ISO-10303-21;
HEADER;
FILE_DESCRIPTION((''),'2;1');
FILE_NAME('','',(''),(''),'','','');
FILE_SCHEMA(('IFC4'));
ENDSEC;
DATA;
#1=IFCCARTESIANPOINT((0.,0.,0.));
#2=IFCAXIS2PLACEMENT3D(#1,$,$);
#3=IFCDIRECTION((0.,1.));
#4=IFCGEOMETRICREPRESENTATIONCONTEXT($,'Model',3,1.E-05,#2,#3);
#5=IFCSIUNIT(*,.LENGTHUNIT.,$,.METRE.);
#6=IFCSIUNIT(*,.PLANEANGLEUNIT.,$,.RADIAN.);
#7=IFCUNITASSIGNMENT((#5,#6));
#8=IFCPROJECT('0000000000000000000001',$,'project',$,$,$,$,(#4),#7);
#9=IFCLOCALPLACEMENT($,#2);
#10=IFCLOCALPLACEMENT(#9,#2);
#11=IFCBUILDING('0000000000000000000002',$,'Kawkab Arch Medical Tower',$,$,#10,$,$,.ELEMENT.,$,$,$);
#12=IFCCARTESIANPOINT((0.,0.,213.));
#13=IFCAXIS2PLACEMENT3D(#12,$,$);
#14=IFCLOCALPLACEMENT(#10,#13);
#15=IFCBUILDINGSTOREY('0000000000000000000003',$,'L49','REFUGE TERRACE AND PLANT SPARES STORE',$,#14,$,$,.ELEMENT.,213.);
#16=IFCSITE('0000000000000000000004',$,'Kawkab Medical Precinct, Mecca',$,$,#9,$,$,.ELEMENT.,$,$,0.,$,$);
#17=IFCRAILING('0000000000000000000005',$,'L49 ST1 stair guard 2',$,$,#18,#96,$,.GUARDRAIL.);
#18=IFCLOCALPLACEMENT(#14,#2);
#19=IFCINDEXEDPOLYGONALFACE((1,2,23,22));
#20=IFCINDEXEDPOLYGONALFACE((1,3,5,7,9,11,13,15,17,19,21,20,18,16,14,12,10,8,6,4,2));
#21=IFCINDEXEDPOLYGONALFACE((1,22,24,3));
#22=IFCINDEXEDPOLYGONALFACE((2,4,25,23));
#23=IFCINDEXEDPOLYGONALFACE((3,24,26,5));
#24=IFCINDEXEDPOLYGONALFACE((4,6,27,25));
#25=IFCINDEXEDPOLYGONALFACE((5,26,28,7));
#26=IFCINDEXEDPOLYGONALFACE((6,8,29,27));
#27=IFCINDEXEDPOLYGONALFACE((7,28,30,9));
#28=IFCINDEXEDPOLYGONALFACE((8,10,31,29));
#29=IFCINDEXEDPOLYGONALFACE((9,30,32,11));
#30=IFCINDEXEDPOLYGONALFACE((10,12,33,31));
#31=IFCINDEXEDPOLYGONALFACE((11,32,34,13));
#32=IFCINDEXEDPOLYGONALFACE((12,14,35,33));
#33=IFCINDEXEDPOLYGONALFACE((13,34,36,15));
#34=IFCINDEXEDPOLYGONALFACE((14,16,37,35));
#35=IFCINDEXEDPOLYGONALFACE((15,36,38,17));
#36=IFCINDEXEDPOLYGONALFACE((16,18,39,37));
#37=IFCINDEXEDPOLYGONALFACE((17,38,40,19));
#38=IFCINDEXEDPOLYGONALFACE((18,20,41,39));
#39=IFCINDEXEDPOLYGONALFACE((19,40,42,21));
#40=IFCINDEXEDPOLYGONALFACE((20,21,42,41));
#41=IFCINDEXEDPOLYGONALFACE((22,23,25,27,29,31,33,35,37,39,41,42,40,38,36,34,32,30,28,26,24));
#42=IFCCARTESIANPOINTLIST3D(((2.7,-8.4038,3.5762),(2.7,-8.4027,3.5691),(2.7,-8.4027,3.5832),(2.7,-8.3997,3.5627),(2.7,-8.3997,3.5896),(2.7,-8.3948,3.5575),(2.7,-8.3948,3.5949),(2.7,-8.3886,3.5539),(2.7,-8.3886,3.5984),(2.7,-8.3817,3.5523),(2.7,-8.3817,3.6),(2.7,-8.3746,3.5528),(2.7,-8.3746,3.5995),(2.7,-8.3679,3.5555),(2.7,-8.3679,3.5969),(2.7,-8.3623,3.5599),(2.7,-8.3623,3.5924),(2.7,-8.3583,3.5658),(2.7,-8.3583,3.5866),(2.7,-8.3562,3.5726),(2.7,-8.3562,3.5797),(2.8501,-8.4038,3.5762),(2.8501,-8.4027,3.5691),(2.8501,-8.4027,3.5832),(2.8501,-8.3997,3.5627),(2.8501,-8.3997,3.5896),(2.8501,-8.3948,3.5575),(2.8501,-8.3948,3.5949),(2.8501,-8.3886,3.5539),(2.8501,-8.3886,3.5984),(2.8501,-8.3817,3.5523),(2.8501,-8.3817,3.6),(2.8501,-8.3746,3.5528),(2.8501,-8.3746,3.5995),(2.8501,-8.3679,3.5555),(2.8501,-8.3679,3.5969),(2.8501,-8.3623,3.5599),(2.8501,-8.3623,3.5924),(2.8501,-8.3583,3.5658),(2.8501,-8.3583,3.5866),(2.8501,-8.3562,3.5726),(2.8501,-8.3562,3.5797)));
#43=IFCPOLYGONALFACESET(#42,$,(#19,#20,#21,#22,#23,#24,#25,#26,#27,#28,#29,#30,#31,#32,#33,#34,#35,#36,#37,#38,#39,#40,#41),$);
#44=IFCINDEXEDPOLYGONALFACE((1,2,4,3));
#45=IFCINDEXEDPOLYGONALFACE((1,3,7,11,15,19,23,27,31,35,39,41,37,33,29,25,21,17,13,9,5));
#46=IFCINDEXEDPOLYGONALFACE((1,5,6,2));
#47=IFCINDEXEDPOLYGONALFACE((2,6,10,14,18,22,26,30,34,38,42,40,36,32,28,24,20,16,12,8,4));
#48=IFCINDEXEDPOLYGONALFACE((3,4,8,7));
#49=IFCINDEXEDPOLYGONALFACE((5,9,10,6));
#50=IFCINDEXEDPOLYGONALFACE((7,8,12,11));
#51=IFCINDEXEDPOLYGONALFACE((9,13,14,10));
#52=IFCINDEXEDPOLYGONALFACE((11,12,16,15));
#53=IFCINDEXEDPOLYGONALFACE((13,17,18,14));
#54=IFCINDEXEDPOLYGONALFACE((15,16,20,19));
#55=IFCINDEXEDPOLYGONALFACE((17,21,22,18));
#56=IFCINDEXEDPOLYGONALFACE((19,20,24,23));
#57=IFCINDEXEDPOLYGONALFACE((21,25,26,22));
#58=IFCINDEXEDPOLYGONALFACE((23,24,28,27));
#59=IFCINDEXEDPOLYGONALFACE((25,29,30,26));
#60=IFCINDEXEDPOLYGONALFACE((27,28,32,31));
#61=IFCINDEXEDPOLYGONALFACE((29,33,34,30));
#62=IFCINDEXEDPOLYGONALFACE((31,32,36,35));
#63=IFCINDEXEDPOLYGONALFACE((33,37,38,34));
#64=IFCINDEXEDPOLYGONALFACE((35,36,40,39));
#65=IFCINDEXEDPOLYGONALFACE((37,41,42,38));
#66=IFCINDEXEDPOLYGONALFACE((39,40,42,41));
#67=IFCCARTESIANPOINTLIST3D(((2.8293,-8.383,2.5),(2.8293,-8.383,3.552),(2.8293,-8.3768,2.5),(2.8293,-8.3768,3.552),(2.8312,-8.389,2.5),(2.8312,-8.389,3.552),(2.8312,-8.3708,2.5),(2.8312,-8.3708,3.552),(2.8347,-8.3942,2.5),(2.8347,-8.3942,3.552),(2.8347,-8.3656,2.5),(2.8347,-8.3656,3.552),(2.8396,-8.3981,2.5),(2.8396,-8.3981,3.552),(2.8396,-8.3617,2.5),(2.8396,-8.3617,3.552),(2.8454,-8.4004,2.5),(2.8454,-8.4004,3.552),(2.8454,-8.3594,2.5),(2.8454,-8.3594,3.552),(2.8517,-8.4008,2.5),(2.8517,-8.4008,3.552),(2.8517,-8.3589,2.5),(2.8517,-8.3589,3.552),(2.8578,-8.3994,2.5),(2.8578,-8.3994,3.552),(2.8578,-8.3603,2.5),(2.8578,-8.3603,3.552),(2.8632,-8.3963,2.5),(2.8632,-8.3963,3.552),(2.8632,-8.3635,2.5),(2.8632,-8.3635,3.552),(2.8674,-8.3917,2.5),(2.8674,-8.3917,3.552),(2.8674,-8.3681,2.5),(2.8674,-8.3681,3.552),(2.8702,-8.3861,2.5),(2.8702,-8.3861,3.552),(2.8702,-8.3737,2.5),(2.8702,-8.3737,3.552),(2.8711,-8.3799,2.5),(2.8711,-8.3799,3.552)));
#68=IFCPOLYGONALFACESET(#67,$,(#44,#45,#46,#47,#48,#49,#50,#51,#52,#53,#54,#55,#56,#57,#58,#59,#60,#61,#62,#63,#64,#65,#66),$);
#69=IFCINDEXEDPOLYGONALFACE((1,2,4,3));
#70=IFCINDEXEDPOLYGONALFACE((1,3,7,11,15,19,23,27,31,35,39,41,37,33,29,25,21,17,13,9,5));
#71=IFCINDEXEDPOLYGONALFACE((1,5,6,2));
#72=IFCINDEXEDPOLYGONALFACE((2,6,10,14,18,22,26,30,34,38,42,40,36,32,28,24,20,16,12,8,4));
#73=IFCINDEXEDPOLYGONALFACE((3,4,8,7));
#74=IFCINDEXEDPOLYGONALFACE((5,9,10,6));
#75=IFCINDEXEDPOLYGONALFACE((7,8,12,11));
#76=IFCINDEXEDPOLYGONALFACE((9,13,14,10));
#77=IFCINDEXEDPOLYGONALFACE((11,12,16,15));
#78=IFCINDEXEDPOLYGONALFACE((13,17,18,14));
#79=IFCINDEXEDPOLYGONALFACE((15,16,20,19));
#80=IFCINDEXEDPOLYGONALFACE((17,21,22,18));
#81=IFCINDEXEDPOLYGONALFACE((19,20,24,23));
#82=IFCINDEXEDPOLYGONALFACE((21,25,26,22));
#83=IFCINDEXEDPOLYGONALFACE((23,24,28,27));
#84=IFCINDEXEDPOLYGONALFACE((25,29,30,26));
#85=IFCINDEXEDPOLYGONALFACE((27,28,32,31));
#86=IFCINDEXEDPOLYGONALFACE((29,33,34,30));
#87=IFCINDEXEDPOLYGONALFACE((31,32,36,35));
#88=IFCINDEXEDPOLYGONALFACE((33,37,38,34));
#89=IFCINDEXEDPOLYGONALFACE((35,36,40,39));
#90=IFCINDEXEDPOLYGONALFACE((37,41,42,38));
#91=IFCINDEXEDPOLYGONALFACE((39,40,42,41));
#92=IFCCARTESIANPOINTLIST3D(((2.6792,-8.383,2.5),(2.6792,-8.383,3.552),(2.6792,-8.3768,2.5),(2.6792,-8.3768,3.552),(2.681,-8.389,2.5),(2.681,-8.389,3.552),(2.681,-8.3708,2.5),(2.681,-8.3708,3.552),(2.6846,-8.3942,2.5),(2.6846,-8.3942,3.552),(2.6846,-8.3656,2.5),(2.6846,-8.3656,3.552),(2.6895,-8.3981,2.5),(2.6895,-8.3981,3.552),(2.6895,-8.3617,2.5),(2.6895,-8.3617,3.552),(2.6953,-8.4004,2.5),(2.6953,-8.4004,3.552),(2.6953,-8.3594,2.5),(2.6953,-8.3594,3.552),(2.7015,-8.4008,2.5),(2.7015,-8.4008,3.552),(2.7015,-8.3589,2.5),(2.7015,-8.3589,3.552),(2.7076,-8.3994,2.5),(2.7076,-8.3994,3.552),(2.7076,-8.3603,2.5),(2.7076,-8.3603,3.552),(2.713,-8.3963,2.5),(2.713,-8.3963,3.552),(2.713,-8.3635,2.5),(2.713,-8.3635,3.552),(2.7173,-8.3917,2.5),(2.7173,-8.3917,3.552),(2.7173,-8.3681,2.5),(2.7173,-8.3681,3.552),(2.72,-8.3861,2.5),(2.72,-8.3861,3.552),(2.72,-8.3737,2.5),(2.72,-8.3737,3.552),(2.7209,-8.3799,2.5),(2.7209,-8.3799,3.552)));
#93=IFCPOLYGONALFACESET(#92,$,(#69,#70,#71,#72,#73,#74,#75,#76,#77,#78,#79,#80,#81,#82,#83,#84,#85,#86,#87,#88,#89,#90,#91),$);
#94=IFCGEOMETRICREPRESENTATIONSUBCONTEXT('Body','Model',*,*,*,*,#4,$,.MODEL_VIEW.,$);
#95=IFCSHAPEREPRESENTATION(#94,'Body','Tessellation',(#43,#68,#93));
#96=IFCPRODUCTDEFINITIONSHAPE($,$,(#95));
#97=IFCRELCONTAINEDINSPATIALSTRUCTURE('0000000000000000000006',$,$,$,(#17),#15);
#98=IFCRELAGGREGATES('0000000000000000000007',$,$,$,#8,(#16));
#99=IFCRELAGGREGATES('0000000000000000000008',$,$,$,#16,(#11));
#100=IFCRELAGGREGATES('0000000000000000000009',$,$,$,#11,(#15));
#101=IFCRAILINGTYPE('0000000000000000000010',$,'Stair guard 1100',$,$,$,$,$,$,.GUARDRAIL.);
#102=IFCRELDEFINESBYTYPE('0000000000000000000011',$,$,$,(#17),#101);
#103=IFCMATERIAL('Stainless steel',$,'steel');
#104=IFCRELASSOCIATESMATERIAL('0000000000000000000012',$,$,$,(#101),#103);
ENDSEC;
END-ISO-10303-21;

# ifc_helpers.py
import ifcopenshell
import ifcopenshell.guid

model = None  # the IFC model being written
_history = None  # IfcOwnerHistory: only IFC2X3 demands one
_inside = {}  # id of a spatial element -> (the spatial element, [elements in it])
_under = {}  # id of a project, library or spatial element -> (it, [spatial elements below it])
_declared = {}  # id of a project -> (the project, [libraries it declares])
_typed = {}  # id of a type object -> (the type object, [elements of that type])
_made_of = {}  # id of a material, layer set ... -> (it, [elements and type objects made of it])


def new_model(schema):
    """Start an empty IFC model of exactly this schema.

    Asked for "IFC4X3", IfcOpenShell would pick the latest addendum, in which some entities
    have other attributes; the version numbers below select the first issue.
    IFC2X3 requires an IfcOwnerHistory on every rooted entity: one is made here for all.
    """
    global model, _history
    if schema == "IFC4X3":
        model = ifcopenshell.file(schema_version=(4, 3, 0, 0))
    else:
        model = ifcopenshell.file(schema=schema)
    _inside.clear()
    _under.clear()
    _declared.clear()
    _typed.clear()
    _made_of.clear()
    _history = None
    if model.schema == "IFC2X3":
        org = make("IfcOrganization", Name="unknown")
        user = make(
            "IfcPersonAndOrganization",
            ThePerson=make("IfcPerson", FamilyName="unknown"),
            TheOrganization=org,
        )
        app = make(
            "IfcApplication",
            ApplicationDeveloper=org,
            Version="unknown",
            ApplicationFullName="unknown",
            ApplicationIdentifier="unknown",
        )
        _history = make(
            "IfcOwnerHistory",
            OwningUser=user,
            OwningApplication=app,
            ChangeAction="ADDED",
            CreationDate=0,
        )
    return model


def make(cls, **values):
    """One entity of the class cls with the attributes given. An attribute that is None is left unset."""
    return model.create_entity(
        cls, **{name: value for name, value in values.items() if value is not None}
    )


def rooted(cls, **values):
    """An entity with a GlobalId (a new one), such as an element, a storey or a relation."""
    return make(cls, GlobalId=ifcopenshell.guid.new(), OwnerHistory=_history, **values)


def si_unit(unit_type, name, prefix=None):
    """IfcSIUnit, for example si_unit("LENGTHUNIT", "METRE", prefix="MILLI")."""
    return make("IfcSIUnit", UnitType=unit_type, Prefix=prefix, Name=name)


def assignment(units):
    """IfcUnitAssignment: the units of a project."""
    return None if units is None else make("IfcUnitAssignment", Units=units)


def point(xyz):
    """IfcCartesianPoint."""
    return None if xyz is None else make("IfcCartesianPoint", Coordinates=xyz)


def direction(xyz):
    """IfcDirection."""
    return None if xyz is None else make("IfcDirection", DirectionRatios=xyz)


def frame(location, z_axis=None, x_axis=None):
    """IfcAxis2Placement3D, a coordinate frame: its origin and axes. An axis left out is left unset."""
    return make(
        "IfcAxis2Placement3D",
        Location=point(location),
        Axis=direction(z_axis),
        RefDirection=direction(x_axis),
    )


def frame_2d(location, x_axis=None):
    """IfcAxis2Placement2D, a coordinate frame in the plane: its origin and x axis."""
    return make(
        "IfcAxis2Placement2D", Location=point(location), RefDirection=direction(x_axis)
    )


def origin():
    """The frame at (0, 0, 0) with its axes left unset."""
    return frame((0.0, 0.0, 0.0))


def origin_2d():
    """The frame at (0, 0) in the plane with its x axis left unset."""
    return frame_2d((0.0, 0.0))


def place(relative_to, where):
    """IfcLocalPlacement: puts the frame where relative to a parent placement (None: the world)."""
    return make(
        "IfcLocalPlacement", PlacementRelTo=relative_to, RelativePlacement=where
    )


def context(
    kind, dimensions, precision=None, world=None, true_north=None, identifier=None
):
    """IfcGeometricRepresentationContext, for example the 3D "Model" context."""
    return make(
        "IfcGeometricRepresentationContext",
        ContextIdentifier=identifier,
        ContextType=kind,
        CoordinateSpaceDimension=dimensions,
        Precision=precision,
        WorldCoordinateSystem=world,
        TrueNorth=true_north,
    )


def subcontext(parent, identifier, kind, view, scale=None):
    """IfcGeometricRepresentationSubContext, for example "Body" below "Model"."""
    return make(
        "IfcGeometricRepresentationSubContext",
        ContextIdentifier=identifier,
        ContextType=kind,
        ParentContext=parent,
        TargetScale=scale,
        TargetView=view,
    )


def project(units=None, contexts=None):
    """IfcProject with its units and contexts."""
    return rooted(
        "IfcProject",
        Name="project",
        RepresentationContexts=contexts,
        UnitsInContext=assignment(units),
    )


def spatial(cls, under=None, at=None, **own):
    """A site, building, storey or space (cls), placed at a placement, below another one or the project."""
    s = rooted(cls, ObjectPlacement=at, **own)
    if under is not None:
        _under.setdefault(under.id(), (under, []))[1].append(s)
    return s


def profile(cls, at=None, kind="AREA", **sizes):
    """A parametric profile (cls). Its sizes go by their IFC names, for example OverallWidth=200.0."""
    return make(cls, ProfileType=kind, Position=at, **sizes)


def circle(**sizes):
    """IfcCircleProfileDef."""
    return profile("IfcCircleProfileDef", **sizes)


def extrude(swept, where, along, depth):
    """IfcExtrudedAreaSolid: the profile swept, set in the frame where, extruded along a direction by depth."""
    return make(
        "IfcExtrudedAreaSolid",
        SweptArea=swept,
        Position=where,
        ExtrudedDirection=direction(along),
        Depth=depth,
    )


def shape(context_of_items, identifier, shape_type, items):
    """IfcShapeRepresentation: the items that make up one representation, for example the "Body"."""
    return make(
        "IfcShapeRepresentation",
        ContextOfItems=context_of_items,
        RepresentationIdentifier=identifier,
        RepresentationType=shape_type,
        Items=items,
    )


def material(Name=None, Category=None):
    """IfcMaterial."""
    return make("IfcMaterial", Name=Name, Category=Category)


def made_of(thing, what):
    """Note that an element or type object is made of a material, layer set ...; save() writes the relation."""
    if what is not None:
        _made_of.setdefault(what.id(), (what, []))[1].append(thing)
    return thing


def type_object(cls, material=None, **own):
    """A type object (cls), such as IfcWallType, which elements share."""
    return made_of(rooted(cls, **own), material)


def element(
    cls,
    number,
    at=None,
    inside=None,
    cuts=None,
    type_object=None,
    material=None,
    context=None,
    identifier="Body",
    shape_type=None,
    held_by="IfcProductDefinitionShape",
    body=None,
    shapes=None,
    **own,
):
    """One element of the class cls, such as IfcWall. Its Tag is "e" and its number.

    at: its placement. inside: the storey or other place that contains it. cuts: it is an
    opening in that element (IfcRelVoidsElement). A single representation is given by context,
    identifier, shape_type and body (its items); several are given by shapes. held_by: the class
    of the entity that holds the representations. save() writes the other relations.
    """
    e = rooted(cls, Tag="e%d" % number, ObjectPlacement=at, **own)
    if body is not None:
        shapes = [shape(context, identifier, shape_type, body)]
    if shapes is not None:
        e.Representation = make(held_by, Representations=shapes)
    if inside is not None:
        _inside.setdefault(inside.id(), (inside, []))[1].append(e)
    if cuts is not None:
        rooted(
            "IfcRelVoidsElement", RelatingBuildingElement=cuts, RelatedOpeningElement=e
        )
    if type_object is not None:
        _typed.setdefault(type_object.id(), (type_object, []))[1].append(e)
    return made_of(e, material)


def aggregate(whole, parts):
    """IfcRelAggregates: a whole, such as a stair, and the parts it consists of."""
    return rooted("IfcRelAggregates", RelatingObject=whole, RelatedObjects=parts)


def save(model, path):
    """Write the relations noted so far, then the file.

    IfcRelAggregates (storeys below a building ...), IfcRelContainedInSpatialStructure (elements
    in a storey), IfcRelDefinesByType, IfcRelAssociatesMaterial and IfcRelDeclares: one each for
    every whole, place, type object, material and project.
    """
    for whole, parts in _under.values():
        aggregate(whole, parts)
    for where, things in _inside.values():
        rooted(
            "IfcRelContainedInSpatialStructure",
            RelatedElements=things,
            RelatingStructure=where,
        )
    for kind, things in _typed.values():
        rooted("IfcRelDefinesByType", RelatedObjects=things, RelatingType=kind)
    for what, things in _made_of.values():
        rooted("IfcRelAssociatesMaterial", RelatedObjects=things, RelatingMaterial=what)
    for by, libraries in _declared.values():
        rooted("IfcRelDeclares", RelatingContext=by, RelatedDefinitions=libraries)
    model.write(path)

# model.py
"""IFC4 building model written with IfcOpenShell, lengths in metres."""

from ifc_helpers import new_model, si_unit, direction, frame, origin, origin_2d, place, context, subcontext, project, spatial, circle, extrude, material, type_object, element, save


model = new_model("IFC4")

# Units and contexts
model_context = context("Model", 3, precision=1e-05, world=origin(), true_north=direction((0.0, 1.0)))
body_context = subcontext(model_context, "Body", "Model", "MODEL_VIEW")
ifc_project = project(units=[si_unit("LENGTHUNIT", "METRE"), si_unit("PLANEANGLEUNIT", "RADIAN")], contexts=[model_context])

# Site, building, storey
site_placement = place(None, origin())
site = spatial("IfcSite", under=ifc_project, at=site_placement, Name="Kawkab Medical Precinct, Mecca", CompositionType="ELEMENT", RefElevation=0.0)
building_placement = place(site_placement, origin())
building = spatial("IfcBuilding", under=site, at=building_placement, Name="Kawkab Arch Medical Tower", CompositionType="ELEMENT")
storey_placement = place(building_placement, frame((0.0, 0.0, 213.0)))
storey = spatial("IfcBuildingStorey", under=building, at=storey_placement, Name="L49", Description="REFUGE TERRACE AND PLANT SPARES STORE", CompositionType="ELEMENT", Elevation=213.0)

# Railing
ifc_material_1 = material(Name="Stainless steel", Category="steel")
railing_type = type_object("IfcRailingType", Name="Stair guard 1100", PredefinedType="GUARDRAIL", material=ifc_material_1)
railing_1_placement = place(storey_placement, frame((2.8501, -8.3799, 2.5)))
element("IfcRailing", 1, at=railing_1_placement, inside=storey, type_object=railing_type, Name="L49 ST1 stair guard 2", PredefinedType="GUARDRAIL", context=body_context, shape_type="SweptSolid", body=[
    extrude(circle(Radius=0.0239, at=origin_2d()), frame((0.0, 0.0, 1.0762), z_axis=(-1.0, 0.0, 0.0), x_axis=(0.0, -1.0, 0.0)), (0.0, 0.0, 1.0), 0.1501),
    extrude(circle(Radius=0.021, at=origin_2d()), origin(), (0.0, 0.0, 1.0), 1.052),
    extrude(circle(Radius=0.021, at=origin_2d()), frame((-0.1501, 0.0, 0.0)), (0.0, 0.0, 1.0), 1.052),
])

save(model, "model.ifc")
